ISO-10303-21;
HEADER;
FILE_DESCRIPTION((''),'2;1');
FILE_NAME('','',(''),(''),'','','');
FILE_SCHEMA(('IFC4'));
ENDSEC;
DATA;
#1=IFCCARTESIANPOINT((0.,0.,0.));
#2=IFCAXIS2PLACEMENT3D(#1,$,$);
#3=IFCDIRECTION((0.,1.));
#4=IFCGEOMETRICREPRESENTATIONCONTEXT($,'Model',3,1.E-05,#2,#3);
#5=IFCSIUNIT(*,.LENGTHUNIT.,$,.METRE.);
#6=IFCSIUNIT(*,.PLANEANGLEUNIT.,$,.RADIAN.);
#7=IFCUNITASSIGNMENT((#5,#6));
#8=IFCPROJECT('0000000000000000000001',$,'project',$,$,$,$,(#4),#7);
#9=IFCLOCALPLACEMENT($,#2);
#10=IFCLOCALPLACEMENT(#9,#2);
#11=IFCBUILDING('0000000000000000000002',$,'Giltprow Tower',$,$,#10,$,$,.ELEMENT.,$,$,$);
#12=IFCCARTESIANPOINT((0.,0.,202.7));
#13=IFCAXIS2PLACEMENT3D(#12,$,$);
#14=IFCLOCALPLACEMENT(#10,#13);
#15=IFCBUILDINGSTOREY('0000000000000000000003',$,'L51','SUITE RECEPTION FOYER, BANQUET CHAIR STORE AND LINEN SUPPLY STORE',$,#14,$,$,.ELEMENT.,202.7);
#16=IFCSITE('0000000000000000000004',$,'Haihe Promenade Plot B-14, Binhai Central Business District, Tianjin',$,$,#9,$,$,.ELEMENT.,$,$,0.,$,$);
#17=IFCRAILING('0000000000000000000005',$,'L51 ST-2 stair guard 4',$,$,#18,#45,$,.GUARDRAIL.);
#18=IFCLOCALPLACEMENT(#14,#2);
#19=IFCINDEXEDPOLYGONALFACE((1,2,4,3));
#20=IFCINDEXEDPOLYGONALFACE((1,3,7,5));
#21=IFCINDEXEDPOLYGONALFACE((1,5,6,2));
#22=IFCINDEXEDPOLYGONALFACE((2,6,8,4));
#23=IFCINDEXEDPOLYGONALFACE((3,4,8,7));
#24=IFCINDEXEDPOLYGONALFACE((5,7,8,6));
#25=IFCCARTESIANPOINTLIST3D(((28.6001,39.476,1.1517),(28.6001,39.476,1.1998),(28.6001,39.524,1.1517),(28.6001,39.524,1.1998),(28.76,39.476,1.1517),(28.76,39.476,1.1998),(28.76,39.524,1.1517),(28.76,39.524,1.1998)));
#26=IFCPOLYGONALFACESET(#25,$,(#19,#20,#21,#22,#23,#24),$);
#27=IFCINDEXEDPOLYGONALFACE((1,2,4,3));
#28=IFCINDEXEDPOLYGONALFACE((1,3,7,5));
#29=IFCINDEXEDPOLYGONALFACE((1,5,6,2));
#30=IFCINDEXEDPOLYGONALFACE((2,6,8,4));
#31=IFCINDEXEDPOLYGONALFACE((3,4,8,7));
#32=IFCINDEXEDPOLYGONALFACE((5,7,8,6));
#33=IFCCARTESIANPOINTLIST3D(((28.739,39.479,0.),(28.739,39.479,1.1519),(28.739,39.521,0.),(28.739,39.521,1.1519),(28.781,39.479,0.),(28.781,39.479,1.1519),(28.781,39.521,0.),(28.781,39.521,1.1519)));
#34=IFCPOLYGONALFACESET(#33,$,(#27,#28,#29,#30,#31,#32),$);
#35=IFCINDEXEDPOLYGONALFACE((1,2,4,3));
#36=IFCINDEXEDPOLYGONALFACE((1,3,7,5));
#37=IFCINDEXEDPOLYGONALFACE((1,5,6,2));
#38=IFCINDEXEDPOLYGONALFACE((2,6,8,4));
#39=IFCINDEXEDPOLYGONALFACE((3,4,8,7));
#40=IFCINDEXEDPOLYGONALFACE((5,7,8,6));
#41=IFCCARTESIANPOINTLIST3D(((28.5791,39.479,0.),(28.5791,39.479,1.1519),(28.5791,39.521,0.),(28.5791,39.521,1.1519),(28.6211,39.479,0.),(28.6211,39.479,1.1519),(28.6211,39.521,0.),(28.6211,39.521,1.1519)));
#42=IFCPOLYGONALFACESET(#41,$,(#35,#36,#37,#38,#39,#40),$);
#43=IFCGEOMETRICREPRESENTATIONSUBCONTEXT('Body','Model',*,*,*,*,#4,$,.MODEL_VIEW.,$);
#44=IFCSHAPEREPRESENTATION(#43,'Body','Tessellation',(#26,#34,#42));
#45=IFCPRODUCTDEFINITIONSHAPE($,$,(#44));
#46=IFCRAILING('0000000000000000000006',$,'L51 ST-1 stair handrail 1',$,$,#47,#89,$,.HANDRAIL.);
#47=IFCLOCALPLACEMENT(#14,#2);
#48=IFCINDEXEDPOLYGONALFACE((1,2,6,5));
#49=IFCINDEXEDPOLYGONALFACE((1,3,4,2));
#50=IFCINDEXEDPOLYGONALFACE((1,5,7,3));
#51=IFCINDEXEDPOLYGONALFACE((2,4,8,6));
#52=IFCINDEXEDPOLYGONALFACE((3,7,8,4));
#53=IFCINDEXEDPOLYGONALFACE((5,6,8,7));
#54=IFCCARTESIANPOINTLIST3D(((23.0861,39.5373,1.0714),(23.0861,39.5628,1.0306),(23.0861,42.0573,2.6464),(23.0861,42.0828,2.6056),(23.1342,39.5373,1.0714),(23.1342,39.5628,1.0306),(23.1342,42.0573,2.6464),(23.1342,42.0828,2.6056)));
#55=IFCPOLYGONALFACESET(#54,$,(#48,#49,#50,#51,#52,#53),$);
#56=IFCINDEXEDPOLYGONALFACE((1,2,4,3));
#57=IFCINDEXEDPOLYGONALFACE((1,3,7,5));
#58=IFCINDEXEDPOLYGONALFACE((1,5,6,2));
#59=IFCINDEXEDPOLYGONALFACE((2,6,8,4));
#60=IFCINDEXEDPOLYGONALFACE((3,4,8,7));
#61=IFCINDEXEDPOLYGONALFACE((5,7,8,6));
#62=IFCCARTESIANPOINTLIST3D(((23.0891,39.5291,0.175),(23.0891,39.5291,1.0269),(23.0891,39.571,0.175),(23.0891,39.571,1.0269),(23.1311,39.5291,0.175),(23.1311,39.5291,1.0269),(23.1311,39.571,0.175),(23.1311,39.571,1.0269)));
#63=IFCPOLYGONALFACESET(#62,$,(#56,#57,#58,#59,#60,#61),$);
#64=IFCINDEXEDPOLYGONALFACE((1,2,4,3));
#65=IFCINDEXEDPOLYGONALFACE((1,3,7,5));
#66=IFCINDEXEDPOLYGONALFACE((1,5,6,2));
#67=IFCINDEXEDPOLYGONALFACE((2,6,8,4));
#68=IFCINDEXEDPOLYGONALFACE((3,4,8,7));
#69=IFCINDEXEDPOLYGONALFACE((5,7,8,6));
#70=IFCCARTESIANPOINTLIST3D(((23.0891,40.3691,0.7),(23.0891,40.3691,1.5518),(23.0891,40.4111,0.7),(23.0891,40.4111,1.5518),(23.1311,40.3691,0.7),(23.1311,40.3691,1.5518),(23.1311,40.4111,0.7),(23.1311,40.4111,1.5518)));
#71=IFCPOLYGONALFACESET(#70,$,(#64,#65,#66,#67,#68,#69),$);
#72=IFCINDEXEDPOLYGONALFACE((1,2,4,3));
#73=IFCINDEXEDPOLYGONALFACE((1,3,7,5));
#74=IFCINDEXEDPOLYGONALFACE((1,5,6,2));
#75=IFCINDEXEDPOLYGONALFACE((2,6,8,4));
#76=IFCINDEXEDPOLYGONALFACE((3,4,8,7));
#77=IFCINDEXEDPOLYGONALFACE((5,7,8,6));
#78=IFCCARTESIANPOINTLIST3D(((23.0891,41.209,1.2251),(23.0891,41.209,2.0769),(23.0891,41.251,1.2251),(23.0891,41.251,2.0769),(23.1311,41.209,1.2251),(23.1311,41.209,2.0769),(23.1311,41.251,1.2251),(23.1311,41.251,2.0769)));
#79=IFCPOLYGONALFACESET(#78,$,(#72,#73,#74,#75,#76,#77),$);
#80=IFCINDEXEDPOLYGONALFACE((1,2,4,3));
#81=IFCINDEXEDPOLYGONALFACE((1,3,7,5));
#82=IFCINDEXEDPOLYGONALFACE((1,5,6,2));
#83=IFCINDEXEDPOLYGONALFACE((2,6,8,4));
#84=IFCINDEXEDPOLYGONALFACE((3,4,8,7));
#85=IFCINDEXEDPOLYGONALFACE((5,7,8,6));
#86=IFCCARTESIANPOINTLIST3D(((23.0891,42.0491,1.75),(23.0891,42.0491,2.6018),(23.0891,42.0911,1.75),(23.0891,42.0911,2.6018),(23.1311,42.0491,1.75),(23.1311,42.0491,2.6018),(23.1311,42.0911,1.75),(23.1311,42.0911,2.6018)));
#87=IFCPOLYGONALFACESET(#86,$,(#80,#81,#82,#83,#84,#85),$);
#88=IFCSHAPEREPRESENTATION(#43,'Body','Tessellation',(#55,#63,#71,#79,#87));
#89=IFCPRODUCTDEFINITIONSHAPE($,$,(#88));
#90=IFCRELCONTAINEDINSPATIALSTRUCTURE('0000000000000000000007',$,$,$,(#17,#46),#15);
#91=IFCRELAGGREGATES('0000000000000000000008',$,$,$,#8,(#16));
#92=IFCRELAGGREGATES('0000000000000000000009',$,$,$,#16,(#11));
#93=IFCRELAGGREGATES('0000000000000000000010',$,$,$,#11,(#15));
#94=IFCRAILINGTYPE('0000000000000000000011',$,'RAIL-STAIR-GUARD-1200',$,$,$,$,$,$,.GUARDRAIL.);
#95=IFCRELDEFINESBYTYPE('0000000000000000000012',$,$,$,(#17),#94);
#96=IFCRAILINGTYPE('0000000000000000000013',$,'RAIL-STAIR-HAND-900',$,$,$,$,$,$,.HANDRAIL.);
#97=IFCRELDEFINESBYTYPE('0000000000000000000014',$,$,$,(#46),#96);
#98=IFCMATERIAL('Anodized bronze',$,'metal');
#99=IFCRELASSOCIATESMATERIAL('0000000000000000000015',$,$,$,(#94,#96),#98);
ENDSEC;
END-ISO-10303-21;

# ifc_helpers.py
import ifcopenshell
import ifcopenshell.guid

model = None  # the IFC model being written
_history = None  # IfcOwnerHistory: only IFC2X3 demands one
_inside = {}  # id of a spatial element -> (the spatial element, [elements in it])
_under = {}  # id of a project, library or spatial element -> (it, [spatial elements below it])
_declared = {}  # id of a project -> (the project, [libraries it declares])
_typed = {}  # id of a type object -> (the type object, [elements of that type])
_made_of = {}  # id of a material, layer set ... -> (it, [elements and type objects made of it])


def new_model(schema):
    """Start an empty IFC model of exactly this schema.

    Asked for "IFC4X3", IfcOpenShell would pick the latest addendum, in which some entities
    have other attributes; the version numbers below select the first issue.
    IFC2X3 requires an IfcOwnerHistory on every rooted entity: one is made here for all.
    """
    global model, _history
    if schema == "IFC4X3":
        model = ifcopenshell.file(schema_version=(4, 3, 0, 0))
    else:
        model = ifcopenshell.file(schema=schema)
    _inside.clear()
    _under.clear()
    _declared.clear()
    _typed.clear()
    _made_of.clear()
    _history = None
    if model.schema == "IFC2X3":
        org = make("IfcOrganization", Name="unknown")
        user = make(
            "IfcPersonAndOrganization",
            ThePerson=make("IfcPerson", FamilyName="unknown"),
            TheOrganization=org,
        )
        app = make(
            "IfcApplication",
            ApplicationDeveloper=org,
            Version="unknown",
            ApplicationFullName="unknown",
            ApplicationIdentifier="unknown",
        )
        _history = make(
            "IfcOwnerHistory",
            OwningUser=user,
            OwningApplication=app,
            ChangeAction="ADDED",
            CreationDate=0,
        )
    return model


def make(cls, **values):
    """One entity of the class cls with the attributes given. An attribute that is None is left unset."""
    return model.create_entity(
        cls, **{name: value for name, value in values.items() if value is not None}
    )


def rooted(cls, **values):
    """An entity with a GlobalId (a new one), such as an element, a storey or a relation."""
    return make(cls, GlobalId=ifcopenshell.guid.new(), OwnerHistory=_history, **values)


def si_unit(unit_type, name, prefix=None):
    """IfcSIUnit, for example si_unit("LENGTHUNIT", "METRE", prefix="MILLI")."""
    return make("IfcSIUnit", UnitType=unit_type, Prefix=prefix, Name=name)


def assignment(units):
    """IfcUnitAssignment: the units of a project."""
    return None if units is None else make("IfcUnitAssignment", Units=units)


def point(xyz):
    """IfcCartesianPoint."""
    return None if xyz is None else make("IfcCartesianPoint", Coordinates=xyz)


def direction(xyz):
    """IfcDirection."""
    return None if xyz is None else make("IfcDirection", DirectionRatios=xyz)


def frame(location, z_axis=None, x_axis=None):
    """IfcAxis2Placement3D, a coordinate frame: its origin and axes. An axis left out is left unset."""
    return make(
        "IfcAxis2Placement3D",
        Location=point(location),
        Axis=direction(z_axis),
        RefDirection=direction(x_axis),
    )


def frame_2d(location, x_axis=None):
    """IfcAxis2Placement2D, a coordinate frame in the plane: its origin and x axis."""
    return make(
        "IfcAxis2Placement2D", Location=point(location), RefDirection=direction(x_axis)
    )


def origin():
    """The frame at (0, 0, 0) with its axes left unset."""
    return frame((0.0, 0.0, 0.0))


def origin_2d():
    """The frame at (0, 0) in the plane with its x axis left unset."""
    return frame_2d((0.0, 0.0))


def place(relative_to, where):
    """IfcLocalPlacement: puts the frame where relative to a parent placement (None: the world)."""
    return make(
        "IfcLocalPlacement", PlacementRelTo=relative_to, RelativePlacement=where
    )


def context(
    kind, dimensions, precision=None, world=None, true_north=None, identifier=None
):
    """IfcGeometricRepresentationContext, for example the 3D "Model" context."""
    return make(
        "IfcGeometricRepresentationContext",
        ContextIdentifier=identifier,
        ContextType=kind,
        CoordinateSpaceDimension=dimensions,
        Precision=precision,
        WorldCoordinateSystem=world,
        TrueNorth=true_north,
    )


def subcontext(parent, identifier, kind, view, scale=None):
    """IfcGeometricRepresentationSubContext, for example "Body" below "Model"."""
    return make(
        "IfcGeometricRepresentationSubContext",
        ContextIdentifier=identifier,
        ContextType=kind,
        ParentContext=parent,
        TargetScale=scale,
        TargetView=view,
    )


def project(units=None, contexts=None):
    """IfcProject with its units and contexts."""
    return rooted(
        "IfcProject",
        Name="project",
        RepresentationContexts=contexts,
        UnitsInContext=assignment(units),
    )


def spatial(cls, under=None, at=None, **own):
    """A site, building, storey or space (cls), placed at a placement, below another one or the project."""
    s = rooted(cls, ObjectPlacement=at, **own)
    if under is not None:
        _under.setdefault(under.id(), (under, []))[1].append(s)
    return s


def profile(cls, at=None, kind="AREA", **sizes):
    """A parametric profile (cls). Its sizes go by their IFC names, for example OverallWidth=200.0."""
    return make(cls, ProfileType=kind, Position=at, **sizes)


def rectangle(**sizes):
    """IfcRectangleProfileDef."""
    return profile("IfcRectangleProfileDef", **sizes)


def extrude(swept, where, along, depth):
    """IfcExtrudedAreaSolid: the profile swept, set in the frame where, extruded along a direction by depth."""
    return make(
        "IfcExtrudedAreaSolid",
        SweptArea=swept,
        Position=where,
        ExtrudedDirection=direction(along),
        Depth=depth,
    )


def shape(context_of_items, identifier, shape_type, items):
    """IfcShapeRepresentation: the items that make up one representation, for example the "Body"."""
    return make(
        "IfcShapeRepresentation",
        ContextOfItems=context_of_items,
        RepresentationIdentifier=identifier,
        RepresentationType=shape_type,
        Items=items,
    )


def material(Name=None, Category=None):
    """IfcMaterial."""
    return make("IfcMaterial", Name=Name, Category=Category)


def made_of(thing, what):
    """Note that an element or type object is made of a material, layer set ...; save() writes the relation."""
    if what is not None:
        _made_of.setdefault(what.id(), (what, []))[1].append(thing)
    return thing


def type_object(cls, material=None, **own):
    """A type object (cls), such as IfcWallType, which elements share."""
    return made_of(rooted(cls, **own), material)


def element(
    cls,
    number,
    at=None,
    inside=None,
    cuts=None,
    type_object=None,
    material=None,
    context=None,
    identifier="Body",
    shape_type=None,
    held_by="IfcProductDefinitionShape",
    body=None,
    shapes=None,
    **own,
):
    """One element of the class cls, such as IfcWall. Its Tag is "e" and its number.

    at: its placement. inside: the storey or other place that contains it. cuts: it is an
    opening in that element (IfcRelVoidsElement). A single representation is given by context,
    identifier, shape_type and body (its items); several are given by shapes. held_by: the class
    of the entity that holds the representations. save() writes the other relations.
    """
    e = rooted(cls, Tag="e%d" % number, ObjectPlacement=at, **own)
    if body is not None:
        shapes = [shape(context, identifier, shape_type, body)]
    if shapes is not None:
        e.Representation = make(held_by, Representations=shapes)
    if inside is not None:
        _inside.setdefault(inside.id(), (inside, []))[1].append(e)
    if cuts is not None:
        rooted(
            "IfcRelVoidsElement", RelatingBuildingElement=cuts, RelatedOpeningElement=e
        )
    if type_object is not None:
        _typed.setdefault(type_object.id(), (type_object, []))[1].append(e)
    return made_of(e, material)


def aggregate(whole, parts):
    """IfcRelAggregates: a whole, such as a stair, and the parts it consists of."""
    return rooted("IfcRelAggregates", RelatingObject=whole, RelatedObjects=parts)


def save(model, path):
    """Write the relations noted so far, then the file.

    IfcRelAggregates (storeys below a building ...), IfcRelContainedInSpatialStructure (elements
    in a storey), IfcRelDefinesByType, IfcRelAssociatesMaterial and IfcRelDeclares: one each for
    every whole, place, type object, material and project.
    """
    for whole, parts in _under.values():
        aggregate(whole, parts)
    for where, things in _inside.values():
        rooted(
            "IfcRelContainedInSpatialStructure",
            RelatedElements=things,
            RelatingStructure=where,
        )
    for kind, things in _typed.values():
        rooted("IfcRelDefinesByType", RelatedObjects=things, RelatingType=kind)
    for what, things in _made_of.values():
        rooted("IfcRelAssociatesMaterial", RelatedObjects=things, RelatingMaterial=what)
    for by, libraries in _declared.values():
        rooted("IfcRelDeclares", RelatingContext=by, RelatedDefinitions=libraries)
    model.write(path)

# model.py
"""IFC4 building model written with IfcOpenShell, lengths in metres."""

from ifc_helpers import new_model, si_unit, direction, frame, origin, origin_2d, place, context, subcontext, project, spatial, rectangle, extrude, material, type_object, element, save


model = new_model("IFC4")

# Units and contexts
model_context = context("Model", 3, precision=1e-05, world=origin(), true_north=direction((0.0, 1.0)))
body_context = subcontext(model_context, "Body", "Model", "MODEL_VIEW")
ifc_project = project(units=[si_unit("LENGTHUNIT", "METRE"), si_unit("PLANEANGLEUNIT", "RADIAN")], contexts=[model_context])

# Site, building, storey
site_placement = place(None, origin())
site = spatial("IfcSite", under=ifc_project, at=site_placement, Name="Haihe Promenade Plot B-14, Binhai Central Business District, Tianjin", CompositionType="ELEMENT", RefElevation=0.0)
building_placement = place(site_placement, origin())
building = spatial("IfcBuilding", under=site, at=building_placement, Name="Giltprow Tower", CompositionType="ELEMENT")
storey_placement = place(building_placement, frame((0.0, 0.0, 202.7)))
storey = spatial("IfcBuildingStorey", under=building, at=storey_placement, Name="L51", Description="SUITE RECEPTION FOYER, BANQUET CHAIR STORE AND LINEN SUPPLY STORE", CompositionType="ELEMENT", Elevation=202.7)

# Railings
ifc_material_1 = material(Name="Anodized bronze", Category="metal")
railing_type_1 = type_object("IfcRailingType", Name="RAIL-STAIR-GUARD-1200", PredefinedType="GUARDRAIL", material=ifc_material_1)
railing_1_placement = place(storey_placement, frame((28.76, 39.5, 0.0)))
element("IfcRailing", 1, at=railing_1_placement, inside=storey, type_object=railing_type_1, Name="L51 ST-2 stair guard 4", PredefinedType="GUARDRAIL", context=body_context, shape_type="SweptSolid", body=[
    extrude(rectangle(XDim=0.0481, YDim=0.0481, at=origin_2d()), frame((0.0, 0.0, 1.1758), z_axis=(-1.0, 0.0, 0.0), x_axis=(0.0, -1.0, 0.0)), (0.0, 0.0, 1.0), 0.1599),
    extrude(rectangle(XDim=0.042, YDim=0.042, at=origin_2d()), origin(), (0.0, 0.0, 1.0), 1.1519),
    extrude(rectangle(XDim=0.042, YDim=0.042, at=origin_2d()), frame((-0.1599, 0.0, 0.0)), (0.0, 0.0, 1.0), 1.1519),
])
railing_type_2 = type_object("IfcRailingType", Name="RAIL-STAIR-HAND-900", PredefinedType="HANDRAIL", material=ifc_material_1)
railing_2_placement = place(storey_placement, frame((23.1101, 39.55, 0.175)))
element("IfcRailing", 2, at=railing_2_placement, inside=storey, type_object=railing_type_2, Name="L51 ST-1 stair handrail 1", PredefinedType="HANDRAIL", context=body_context, shape_type="SweptSolid", body=[
    extrude(rectangle(XDim=0.0481, YDim=0.0481, at=origin_2d()), frame((0.0, 0.0, 0.876), z_axis=(0.0, 0.848008, 0.529984), x_axis=(-1.0, 0.0, 0.0)), (0.0, 0.0, 1.0), 2.9717),
    extrude(rectangle(XDim=0.042, YDim=0.042, at=origin_2d()), origin(), (0.0, 0.0, 1.0), 0.8518),
    extrude(rectangle(XDim=0.042, YDim=0.042, at=origin_2d()), frame((0.0, 0.8401, 0.5249)), (0.0, 0.0, 1.0), 0.8518),
    extrude(rectangle(XDim=0.042, YDim=0.042, at=origin_2d()), frame((0.0, 1.6799, 1.05)), (0.0, 0.0, 1.0), 0.8518),
    extrude(rectangle(XDim=0.042, YDim=0.042, at=origin_2d()), frame((0.0, 2.52, 1.575)), (0.0, 0.0, 1.0), 0.8518),
])

save(model, "model.ifc")
